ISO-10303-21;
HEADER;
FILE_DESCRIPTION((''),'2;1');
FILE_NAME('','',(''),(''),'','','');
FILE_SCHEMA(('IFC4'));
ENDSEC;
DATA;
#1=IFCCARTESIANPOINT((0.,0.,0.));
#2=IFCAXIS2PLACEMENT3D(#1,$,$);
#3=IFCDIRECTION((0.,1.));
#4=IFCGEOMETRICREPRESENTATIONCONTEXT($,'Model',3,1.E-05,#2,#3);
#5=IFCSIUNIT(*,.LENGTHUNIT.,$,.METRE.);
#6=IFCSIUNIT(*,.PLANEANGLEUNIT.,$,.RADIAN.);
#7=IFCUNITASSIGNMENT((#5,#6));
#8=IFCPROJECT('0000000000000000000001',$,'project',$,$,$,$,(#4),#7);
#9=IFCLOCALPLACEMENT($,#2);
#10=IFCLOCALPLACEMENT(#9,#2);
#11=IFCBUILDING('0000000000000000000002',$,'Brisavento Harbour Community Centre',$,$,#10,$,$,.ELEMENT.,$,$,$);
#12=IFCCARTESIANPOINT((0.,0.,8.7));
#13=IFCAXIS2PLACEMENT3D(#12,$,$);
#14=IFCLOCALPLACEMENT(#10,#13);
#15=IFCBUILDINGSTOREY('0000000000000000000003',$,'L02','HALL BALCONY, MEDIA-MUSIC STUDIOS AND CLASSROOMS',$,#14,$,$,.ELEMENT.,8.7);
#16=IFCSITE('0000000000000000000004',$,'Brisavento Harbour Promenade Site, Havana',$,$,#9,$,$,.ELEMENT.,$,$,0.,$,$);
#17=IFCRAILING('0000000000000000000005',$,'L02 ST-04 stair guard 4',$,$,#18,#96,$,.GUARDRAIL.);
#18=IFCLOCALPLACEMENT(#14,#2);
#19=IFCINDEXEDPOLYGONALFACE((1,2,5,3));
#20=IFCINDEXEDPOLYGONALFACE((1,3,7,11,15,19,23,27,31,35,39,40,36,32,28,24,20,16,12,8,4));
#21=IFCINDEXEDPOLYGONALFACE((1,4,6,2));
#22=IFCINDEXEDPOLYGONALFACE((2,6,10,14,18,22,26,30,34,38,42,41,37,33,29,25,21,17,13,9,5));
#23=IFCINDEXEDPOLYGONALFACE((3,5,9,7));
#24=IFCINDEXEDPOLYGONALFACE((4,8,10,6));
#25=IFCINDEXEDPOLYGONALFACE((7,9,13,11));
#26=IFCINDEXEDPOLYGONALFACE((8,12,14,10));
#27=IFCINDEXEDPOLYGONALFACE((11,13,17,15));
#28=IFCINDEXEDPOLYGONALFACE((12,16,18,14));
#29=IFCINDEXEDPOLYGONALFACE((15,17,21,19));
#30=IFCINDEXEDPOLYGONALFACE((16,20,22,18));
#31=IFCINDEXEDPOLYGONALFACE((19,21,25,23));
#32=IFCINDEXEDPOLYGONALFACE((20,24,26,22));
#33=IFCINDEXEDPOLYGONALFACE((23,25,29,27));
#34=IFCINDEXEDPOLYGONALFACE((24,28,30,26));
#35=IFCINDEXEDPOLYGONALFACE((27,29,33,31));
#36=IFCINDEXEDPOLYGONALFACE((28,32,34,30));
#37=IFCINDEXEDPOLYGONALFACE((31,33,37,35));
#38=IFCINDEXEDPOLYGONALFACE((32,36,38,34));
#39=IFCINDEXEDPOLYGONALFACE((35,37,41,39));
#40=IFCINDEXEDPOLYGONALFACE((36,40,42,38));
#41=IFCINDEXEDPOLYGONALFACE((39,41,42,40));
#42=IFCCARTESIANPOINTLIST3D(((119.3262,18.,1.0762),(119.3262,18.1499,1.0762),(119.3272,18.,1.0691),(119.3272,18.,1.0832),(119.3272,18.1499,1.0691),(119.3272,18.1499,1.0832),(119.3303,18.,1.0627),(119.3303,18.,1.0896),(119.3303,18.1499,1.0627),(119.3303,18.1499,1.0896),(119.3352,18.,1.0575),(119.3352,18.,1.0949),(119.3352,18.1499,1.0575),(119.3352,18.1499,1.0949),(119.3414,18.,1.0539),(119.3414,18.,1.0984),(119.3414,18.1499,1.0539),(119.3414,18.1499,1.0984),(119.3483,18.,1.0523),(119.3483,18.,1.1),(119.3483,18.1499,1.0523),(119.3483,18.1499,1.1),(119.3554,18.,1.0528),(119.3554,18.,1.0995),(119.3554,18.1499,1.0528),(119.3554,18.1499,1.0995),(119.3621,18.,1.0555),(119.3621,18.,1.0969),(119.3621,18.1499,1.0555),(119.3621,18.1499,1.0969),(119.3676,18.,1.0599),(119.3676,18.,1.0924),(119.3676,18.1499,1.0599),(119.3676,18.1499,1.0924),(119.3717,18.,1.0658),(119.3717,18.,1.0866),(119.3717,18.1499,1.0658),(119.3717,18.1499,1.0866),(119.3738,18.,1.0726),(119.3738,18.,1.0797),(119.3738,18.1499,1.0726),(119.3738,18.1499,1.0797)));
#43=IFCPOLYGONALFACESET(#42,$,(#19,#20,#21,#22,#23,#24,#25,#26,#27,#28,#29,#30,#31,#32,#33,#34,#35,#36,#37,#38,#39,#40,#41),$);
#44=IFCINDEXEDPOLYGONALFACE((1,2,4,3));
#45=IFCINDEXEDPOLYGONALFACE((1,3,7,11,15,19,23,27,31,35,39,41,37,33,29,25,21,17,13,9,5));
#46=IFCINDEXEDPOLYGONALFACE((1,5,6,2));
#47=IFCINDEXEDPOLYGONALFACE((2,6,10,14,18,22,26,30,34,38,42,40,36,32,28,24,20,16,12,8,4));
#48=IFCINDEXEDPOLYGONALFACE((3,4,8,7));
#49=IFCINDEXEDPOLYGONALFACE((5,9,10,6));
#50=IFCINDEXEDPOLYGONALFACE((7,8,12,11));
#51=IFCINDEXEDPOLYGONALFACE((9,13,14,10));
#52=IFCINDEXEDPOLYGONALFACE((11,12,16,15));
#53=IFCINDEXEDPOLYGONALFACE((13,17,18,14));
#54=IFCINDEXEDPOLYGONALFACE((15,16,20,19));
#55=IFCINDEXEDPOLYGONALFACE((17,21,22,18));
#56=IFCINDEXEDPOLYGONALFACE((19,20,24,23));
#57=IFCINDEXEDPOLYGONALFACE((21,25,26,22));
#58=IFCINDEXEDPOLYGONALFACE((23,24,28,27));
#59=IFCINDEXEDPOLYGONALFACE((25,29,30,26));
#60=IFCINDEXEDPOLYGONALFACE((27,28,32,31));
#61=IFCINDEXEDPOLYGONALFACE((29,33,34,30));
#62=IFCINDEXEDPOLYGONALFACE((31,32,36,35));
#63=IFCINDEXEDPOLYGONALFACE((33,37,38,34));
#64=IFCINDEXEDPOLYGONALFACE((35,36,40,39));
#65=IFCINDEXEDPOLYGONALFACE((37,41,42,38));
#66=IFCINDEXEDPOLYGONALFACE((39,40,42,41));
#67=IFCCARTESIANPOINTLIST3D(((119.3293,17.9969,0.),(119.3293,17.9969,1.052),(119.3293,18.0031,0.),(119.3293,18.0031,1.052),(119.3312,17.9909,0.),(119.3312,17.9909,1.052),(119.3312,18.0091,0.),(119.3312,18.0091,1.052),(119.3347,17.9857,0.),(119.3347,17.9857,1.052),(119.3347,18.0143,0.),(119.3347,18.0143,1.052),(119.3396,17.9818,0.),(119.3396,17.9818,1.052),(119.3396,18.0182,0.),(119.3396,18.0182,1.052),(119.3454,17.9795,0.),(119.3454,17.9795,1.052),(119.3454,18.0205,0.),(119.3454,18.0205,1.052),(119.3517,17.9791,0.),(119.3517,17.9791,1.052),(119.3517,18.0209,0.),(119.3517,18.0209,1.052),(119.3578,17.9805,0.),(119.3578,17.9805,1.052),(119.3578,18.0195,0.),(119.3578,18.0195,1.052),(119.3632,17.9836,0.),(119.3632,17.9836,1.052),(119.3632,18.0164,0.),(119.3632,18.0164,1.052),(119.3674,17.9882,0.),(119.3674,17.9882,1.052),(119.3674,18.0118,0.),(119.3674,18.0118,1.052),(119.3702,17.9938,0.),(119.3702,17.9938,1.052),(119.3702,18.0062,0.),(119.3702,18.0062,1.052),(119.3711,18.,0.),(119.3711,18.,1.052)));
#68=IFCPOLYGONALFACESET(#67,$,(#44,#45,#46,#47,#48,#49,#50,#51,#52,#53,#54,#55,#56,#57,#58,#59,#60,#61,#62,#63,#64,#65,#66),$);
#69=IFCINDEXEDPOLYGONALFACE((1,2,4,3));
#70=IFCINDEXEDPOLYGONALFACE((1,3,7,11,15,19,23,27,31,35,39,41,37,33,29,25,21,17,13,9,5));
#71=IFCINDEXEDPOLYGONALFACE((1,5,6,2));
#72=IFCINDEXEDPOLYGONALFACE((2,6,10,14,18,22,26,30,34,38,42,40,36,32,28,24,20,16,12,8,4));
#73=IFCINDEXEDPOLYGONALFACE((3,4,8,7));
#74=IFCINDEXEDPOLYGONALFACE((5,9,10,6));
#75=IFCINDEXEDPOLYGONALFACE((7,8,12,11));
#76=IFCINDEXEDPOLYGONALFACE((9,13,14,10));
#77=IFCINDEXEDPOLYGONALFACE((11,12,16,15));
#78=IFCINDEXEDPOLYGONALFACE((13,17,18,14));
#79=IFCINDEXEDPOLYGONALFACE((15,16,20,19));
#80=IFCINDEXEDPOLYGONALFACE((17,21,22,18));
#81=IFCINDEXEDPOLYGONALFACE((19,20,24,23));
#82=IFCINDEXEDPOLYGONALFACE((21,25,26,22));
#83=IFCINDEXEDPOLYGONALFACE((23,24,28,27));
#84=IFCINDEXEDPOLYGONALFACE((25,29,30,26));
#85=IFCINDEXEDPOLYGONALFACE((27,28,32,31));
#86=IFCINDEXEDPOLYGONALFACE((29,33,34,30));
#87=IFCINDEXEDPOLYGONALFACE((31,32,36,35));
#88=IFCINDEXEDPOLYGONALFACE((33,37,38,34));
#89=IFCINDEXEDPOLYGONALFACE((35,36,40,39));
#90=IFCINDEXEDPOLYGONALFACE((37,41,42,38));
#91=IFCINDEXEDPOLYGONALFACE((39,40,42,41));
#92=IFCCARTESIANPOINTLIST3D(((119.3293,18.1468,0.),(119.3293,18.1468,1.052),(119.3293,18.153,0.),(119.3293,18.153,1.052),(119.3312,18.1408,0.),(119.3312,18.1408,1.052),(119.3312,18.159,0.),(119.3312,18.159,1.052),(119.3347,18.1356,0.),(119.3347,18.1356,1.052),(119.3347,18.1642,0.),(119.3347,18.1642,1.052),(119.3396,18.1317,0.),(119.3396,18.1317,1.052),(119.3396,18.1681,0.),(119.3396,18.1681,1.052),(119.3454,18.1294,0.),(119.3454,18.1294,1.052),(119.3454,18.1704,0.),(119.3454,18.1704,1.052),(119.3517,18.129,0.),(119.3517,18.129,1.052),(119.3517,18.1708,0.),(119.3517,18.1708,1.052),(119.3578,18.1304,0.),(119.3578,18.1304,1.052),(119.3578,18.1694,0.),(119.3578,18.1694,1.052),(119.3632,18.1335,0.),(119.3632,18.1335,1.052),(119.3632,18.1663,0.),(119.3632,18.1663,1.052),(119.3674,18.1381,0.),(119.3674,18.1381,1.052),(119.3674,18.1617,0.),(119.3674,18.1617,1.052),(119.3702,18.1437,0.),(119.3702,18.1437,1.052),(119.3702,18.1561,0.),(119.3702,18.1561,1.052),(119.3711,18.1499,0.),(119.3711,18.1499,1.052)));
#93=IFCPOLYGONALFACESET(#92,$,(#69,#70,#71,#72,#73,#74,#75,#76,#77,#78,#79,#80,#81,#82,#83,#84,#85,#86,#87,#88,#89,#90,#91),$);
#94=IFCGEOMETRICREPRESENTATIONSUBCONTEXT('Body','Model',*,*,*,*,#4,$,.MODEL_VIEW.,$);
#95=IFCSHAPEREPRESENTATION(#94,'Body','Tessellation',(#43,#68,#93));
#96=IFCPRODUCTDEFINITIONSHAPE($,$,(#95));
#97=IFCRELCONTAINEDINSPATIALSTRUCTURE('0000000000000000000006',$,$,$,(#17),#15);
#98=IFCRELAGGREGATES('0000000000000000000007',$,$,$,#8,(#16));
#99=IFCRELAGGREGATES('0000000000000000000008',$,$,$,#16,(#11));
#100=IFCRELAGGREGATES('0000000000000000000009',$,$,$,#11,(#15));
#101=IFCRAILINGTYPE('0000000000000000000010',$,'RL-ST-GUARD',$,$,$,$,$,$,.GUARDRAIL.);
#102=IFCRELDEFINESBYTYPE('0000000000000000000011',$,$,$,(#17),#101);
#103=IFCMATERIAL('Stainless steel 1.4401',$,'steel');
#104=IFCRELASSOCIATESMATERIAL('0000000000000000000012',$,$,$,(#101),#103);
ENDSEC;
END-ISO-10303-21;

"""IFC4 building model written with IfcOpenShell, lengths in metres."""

from ifc_helpers import new_model, si_unit, direction, frame, origin, origin_2d, place, context, subcontext, project, spatial, circle, extrude, material, type_object, element, save


model = new_model("IFC4")

# Units and contexts
model_context = context("Model", 3, precision=1e-05, world=origin(), true_north=direction((0.0, 1.0)))
body_context = subcontext(model_context, "Body", "Model", "MODEL_VIEW")
ifc_project = project(units=[si_unit("LENGTHUNIT", "METRE"), si_unit("PLANEANGLEUNIT", "RADIAN")], contexts=[model_context])

# Site, building, storey
site_placement = place(None, origin())
site = spatial("IfcSite", under=ifc_project, at=site_placement, Name="Brisavento Harbour Promenade Site, Havana", CompositionType="ELEMENT", RefElevation=0.0)
building_placement = place(site_placement, origin())
building = spatial("IfcBuilding", under=site, at=building_placement, Name="Brisavento Harbour Community Centre", CompositionType="ELEMENT")
storey_placement = place(building_placement, frame((0.0, 0.0, 8.7)))
storey = spatial("IfcBuildingStorey", under=building, at=storey_placement, Name="L02", Description="HALL BALCONY, MEDIA-MUSIC STUDIOS AND CLASSROOMS", CompositionType="ELEMENT", Elevation=8.7)

# Railing
ifc_material_1 = material(Name="Stainless steel 1.4401", Category="steel")
railing_type_1 = type_object("IfcRailingType", Name="RL-ST-GUARD", PredefinedType="GUARDRAIL", material=ifc_material_1)
railing_1_placement = place(storey_placement, frame((119.3501, 18.0, 0.0)))
element("IfcRailing", 1, at=railing_1_placement, inside=storey, type_object=railing_type_1, Name="L02 ST-04 stair guard 4", PredefinedType="GUARDRAIL", context=body_context, shape_type="SweptSolid", body=[
    extrude(circle(Radius=0.0239, at=origin_2d()), frame((0.0, 0.0, 1.0762), z_axis=(0.0, 1.0, 0.0), x_axis=(-1.0, 0.0, 0.0)), (0.0, 0.0, 1.0), 0.1499),
    extrude(circle(Radius=0.021, at=origin_2d()), origin(), (0.0, 0.0, 1.0), 1.052),
    extrude(circle(Radius=0.021, at=origin_2d()), frame((0.0, 0.1499, 0.0)), (0.0, 0.0, 1.0), 1.052),
])

save(model, "model.ifc")
